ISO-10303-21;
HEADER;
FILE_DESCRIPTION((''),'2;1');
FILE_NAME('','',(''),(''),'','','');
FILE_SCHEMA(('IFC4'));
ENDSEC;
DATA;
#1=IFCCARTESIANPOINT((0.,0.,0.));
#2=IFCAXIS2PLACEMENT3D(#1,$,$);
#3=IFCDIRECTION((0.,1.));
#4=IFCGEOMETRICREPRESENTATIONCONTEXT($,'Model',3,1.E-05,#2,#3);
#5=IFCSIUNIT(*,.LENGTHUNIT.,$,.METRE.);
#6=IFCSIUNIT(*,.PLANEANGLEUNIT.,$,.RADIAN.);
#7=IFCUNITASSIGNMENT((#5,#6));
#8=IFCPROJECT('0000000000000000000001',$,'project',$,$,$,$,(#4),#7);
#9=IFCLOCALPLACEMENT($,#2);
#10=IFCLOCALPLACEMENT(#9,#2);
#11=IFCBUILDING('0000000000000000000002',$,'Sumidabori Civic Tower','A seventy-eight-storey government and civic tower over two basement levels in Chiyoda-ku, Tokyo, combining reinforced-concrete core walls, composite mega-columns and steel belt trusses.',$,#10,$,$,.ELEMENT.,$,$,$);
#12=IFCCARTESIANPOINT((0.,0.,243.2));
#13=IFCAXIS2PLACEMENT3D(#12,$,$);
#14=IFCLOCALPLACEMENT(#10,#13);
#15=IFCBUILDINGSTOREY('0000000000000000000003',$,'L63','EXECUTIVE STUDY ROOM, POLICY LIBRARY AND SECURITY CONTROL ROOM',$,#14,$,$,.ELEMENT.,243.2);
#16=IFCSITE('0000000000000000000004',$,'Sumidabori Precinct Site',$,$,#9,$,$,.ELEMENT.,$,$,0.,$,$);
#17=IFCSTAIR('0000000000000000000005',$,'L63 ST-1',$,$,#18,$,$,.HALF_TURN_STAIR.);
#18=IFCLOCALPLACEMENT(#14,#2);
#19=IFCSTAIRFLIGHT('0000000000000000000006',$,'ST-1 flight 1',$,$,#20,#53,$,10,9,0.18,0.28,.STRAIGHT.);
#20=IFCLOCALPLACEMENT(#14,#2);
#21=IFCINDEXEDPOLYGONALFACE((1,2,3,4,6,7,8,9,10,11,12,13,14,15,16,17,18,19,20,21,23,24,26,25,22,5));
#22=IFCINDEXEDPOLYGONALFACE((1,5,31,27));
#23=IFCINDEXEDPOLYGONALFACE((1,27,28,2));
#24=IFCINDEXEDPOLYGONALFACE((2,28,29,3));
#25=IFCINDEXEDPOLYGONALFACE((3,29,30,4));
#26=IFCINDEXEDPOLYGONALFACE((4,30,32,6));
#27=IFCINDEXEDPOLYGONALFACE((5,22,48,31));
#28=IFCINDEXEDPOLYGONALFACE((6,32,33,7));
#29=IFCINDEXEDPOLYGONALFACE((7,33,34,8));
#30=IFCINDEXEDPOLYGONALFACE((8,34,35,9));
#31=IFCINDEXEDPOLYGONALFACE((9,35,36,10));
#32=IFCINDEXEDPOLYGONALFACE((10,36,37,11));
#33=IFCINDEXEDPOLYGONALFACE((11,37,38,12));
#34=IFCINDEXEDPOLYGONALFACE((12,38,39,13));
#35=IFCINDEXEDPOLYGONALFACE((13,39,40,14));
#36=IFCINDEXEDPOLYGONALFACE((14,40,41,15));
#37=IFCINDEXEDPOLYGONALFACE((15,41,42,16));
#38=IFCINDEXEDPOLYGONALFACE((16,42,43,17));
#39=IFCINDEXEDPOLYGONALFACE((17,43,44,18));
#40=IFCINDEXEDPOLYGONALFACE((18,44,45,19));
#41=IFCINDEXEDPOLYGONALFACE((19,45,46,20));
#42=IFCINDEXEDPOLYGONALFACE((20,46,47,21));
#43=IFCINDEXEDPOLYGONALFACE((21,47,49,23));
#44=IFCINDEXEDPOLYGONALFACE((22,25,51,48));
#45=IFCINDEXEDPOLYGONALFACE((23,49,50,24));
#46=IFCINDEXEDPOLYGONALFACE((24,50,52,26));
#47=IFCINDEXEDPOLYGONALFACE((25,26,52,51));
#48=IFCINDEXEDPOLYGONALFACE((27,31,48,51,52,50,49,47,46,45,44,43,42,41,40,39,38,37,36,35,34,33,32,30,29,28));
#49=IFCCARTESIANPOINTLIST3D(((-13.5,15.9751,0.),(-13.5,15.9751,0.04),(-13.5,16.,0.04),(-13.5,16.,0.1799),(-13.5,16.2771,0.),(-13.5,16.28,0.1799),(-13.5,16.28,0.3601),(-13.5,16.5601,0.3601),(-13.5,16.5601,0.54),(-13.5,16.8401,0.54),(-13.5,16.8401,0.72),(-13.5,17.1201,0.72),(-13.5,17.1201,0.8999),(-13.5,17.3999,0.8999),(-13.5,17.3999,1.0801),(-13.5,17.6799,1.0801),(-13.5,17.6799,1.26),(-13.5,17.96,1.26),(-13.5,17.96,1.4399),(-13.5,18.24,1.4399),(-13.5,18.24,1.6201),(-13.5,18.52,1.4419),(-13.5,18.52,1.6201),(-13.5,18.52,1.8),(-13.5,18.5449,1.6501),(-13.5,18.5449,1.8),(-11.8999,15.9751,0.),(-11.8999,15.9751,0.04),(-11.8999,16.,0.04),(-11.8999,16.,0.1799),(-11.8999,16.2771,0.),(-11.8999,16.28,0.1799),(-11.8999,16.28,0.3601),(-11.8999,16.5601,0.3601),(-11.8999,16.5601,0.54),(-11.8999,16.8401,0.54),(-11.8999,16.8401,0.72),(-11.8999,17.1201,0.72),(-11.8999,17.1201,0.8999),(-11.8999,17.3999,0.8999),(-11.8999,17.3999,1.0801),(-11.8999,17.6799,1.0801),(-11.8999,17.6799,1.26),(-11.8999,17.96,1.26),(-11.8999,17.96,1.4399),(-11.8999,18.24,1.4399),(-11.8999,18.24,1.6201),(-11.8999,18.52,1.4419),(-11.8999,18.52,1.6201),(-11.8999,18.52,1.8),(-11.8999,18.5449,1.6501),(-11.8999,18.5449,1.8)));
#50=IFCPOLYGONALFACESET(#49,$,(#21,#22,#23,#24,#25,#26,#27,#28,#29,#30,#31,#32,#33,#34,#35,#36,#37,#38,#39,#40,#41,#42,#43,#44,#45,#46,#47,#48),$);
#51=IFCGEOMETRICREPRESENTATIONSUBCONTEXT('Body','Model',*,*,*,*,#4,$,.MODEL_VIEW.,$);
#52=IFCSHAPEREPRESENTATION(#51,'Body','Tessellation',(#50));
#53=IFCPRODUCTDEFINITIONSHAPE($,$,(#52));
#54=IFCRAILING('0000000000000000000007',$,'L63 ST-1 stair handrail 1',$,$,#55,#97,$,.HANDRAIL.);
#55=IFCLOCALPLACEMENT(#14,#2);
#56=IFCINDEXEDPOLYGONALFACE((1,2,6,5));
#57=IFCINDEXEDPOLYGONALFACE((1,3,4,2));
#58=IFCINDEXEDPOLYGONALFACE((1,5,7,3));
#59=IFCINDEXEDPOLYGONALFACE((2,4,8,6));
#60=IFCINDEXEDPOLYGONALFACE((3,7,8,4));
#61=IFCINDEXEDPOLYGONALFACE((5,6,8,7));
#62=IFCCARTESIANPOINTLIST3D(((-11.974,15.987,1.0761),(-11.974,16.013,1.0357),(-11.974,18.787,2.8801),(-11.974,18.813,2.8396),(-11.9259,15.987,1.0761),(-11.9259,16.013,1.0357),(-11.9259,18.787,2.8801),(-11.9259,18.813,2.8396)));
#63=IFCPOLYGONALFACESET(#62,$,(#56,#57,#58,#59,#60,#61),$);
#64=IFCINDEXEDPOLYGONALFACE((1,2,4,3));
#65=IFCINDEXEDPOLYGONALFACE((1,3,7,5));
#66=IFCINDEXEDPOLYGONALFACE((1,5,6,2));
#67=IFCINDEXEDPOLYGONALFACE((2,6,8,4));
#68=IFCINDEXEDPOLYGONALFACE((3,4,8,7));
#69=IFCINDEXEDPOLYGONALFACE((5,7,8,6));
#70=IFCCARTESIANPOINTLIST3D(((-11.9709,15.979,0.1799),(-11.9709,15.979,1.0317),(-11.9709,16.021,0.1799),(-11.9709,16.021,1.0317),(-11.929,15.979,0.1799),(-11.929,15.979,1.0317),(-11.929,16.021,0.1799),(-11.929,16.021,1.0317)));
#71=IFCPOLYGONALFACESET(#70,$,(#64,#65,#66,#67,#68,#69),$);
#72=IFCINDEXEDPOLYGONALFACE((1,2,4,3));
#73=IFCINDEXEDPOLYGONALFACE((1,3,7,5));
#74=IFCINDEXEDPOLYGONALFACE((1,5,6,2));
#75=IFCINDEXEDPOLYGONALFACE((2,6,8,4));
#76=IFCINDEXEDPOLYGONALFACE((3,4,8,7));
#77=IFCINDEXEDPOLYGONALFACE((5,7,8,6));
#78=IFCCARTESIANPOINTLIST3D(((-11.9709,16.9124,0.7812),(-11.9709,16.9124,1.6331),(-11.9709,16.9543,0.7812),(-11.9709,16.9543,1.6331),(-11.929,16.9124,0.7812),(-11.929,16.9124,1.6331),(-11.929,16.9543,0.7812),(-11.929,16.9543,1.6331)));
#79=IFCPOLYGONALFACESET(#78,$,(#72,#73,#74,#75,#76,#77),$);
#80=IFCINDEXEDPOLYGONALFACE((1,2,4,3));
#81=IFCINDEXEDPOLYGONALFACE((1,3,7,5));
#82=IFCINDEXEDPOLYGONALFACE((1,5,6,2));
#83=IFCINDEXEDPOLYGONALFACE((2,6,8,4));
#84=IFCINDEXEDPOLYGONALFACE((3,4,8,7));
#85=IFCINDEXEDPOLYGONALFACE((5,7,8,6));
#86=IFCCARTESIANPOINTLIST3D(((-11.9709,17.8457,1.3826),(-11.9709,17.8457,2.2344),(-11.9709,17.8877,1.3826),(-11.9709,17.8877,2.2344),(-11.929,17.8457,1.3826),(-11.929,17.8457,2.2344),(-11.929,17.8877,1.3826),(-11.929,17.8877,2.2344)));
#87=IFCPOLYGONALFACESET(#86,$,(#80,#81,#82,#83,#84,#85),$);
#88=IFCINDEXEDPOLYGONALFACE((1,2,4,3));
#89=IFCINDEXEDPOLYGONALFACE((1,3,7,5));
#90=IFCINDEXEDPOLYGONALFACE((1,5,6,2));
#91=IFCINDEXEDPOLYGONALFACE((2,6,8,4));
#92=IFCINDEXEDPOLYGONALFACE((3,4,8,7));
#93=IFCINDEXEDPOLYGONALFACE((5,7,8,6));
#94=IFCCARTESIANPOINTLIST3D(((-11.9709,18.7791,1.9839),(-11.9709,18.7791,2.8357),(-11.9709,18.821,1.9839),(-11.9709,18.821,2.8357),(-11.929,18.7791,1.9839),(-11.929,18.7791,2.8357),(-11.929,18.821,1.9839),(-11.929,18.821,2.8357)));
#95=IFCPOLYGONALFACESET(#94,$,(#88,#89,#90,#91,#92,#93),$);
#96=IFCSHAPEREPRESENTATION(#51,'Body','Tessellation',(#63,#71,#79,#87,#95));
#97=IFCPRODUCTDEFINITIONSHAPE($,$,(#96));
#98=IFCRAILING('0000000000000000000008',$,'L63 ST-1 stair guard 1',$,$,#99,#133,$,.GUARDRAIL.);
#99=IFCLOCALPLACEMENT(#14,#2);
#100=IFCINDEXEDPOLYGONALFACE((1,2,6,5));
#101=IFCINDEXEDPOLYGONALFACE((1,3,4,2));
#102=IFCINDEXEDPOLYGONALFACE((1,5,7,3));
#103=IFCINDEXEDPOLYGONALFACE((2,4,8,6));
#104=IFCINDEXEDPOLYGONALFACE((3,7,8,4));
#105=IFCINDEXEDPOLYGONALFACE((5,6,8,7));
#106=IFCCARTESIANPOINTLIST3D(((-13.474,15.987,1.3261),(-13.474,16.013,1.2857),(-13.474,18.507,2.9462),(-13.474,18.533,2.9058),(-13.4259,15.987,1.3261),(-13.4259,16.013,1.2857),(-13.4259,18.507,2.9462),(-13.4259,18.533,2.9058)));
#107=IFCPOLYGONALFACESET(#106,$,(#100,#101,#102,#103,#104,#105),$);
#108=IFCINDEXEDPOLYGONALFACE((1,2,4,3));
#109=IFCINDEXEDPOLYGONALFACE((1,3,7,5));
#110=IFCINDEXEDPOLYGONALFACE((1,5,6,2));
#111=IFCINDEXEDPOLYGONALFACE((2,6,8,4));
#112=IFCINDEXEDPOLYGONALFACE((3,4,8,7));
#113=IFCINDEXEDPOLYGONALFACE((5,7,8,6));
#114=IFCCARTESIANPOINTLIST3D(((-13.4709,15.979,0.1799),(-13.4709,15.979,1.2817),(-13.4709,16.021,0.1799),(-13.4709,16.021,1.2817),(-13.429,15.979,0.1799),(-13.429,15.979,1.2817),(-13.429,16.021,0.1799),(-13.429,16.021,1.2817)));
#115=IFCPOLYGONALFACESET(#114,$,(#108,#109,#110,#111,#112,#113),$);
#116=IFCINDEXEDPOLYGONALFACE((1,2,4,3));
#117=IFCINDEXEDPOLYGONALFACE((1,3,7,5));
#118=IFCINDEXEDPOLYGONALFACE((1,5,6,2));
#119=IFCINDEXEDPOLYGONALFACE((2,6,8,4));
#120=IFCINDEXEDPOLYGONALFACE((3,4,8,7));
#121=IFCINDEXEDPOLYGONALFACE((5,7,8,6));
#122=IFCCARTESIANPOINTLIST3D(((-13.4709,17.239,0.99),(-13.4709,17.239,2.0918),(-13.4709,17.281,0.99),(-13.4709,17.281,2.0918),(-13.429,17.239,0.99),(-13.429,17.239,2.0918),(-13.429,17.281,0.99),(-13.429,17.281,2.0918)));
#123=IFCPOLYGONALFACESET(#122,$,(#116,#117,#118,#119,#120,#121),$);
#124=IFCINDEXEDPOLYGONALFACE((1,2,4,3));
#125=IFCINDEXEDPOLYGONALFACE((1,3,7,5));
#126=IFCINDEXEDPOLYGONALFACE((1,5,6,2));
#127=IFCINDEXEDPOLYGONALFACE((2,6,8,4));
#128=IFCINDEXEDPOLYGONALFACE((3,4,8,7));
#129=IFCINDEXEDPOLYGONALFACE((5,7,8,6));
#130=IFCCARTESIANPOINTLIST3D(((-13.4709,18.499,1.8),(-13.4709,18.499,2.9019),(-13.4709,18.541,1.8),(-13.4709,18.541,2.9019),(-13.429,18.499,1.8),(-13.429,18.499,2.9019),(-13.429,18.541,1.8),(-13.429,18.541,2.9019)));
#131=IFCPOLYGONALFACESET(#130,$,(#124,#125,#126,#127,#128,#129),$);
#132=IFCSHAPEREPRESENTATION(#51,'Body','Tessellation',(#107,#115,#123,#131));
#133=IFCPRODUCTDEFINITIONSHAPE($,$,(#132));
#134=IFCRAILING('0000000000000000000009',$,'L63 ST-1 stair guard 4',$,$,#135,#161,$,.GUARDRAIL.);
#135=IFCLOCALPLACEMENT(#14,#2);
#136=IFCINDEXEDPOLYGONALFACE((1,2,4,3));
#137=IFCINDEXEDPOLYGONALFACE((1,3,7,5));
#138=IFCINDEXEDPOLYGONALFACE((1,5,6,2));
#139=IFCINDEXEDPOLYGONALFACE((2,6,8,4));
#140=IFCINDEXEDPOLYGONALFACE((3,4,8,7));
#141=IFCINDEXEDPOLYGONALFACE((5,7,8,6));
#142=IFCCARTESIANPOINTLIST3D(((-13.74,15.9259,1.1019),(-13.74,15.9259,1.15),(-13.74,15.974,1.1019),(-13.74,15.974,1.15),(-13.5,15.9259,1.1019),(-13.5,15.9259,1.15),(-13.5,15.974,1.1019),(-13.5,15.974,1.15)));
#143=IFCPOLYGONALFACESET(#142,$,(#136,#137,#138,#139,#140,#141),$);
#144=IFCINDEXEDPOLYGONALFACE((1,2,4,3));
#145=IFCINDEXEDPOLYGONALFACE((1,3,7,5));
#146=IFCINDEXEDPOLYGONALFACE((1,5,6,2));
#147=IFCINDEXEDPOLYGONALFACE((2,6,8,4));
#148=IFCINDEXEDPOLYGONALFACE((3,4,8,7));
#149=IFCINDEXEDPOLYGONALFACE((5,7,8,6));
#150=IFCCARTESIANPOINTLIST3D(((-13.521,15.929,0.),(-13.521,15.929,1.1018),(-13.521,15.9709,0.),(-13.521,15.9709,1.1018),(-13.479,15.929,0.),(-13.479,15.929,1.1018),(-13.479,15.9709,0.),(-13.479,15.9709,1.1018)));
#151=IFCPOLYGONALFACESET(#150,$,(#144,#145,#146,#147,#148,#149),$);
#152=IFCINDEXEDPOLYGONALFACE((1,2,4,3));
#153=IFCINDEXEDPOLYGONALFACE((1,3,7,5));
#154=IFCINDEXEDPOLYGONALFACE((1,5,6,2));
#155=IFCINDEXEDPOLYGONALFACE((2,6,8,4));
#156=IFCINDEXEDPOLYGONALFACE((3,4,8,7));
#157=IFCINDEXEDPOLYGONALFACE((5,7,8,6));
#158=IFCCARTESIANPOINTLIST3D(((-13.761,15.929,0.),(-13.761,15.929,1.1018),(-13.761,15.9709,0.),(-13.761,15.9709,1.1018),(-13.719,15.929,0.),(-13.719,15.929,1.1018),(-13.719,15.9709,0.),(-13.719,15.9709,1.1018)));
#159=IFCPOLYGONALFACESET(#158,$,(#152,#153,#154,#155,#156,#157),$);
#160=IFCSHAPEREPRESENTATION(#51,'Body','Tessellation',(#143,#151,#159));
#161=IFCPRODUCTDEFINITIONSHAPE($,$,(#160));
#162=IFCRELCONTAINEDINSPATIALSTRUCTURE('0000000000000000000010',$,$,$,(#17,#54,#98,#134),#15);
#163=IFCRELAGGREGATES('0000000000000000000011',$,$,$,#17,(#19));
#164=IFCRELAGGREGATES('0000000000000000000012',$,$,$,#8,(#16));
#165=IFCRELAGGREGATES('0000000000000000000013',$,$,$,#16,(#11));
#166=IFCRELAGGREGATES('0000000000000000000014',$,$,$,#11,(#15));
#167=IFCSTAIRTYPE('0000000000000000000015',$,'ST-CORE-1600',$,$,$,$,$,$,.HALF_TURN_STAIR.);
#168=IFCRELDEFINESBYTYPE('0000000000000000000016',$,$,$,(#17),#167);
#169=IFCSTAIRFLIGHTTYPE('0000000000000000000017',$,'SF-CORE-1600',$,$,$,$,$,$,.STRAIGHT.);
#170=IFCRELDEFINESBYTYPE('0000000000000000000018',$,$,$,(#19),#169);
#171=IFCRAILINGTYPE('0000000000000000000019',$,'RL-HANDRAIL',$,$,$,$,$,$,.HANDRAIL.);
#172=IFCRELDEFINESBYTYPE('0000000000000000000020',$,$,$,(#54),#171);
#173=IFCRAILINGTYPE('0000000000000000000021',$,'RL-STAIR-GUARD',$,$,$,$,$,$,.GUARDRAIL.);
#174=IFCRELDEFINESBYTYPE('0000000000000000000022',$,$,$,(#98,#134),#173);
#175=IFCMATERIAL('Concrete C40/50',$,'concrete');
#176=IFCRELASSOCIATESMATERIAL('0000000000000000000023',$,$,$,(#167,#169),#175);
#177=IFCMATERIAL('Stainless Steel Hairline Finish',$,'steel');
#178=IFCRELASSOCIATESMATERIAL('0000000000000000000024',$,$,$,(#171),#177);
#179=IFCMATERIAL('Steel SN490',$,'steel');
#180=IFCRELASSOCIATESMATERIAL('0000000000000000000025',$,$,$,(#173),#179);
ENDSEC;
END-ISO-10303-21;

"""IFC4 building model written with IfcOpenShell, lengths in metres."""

from ifc_helpers import new_model, si_unit, direction, frame, origin, origin_2d, place, context, subcontext, project, spatial, polyline, rectangle, outline, extrude, source, transform, mapped, material, type_object, element, aggregate, save


model = new_model("IFC4")

# Units and contexts
model_context = context("Model", 3, precision=1e-05, world=origin(), true_north=direction((0.0, 1.0)))
body_context = subcontext(model_context, "Body", "Model", "MODEL_VIEW")
ifc_project = project(units=[si_unit("LENGTHUNIT", "METRE"), si_unit("PLANEANGLEUNIT", "RADIAN")], contexts=[model_context])

# Site, building, storey
site_placement = place(None, origin())
site = spatial("IfcSite", under=ifc_project, at=site_placement, Name="Sumidabori Precinct Site", CompositionType="ELEMENT", RefElevation=0.0)
building_placement = place(site_placement, origin())
building = spatial("IfcBuilding", under=site, at=building_placement, Name="Sumidabori Civic Tower", Description="A seventy-eight-storey government and civic tower over two basement levels in Chiyoda-ku, Tokyo, combining reinforced-concrete core walls, composite mega-columns and steel belt trusses.", CompositionType="ELEMENT")
storey_placement = place(building_placement, frame((0.0, 0.0, 243.2)))
storey = spatial("IfcBuildingStorey", under=building, at=storey_placement, Name="L63", Description="EXECUTIVE STUDY ROOM, POLICY LIBRARY AND SECURITY CONTROL ROOM", CompositionType="ELEMENT", Elevation=243.2)

# Shared definitions
ifc_material_1 = material(Name="Stainless Steel Hairline Finish", Category="steel")

# Shared definitions
ifc_material_2 = material(Name="Steel SN490", Category="steel")

# Stair, stair flight
ifc_material_3 = material(Name="Concrete C40/50", Category="concrete")
stair_type = type_object("IfcStairType", Name="ST-CORE-1600", PredefinedType="HALF_TURN_STAIR", material=ifc_material_3)
stair_placement = place(storey_placement, origin())
stair = element("IfcStair", 1, at=stair_placement, inside=storey, type_object=stair_type, Name="L63 ST-1", PredefinedType="HALF_TURN_STAIR")
stair_flight_type = type_object("IfcStairFlightType", Name="SF-CORE-1600", PredefinedType="STRAIGHT", material=ifc_material_3)
shared_shape_1 = source(origin(), body_context, "Body", "SweptSolid", [
    extrude(outline(polyline([(-0.0249, 0.0), (-0.0249, 0.04), (0.0, 0.04), (0.0, 0.1799), (0.28, 0.1799), (0.28, 0.3601), (0.5601, 0.3601), (0.5601, 0.54), (0.8401, 0.54), (0.8401, 0.72), (1.1201, 0.72), (1.1201, 0.8999), (1.3999, 0.8999), (1.3999, 1.0801), (1.6799, 1.0801), (1.6799, 1.26), (1.96, 1.26), (1.96, 1.4399), (2.24, 1.4399), (2.24, 1.6201), (2.52, 1.6201), (2.52, 1.8), (2.5449, 1.8), (2.5449, 1.6501), (2.52, 1.4419), (0.2771, 0.0), (-0.0249, 0.0)])), frame((0.0, 0.8, 0.0), z_axis=(0.0, -1.0, 0.0), x_axis=(1.0, 0.0, 0.0)), (0.0, 0.0, 1.0), 1.6001),
])
stair_flight_placement = place(storey_placement, frame((-12.7, 16.0, 0.0), z_axis=(0.0, 0.0, 1.0), x_axis=(0.0, 1.0, 0.0)))
stair_flight = element("IfcStairFlight", 2, at=stair_flight_placement, type_object=stair_flight_type, Name="ST-1 flight 1", NumberOfRisers=10, NumberOfTreads=9, PredefinedType="STRAIGHT", RiserHeight=0.18, TreadLength=0.28, context=body_context, shape_type="MappedRepresentation", body=[
    mapped(shared_shape_1, transform((0.0, 0.0, 0.0), x_axis=(1.0, 0.0, 0.0), y_axis=(0.0, 1.0, 0.0), z_axis=(0.0, 0.0, 1.0), scale=1.0)),
])
aggregate(stair, [stair_flight])

# Railings
railing_type_1 = type_object("IfcRailingType", Name="RL-HANDRAIL", PredefinedType="HANDRAIL", material=ifc_material_1)
railing_1_placement = place(storey_placement, frame((-11.95, 16.0, 0.1799)))
element("IfcRailing", 3, at=railing_1_placement, inside=storey, type_object=railing_type_1, Name="L63 ST-1 stair handrail 1", PredefinedType="HANDRAIL", context=body_context, shape_type="SweptSolid", body=[
    extrude(rectangle(XDim=0.0481, YDim=0.0481, at=origin_2d()), frame((0.0, 0.0, 0.876), z_axis=(0.0, 0.840642, 0.541591), x_axis=(-1.0, 0.0, 0.0)), (0.0, 0.0, 1.0), 3.3308),
    extrude(rectangle(XDim=0.042, YDim=0.042, at=origin_2d()), origin(), (0.0, 0.0, 1.0), 0.8518),
    extrude(rectangle(XDim=0.042, YDim=0.042, at=origin_2d()), frame((0.0, 0.9333, 0.6013)), (0.0, 0.0, 1.0), 0.8518),
    extrude(rectangle(XDim=0.042, YDim=0.042, at=origin_2d()), frame((0.0, 1.8667, 1.2026)), (0.0, 0.0, 1.0), 0.8518),
    extrude(rectangle(XDim=0.042, YDim=0.042, at=origin_2d()), frame((0.0, 2.8, 1.804)), (0.0, 0.0, 1.0), 0.8518),
])
railing_type_2 = type_object("IfcRailingType", Name="RL-STAIR-GUARD", PredefinedType="GUARDRAIL", material=ifc_material_2)
railing_2_placement = place(storey_placement, frame((-13.45, 16.0, 0.1799)))
element("IfcRailing", 4, at=railing_2_placement, inside=storey, type_object=railing_type_2, Name="L63 ST-1 stair guard 1", PredefinedType="GUARDRAIL", context=body_context, shape_type="SweptSolid", body=[
    extrude(rectangle(XDim=0.0481, YDim=0.0481, at=origin_2d()), frame((0.0, 0.0, 1.126), z_axis=(0.0, 0.841163, 0.540782), x_axis=(-1.0, 0.0, 0.0)), (0.0, 0.0, 1.0), 2.9958),
    extrude(rectangle(XDim=0.042, YDim=0.042, at=origin_2d()), origin(), (0.0, 0.0, 1.0), 1.1018),
    extrude(rectangle(XDim=0.042, YDim=0.042, at=origin_2d()), frame((0.0, 1.26, 0.8101)), (0.0, 0.0, 1.0), 1.1018),
    extrude(rectangle(XDim=0.042, YDim=0.042, at=origin_2d()), frame((0.0, 2.52, 1.6201)), (0.0, 0.0, 1.0), 1.1018),
])
railing_3_placement = place(storey_placement, frame((-13.5, 15.95, 0.0)))
element("IfcRailing", 5, at=railing_3_placement, inside=storey, type_object=railing_type_2, Name="L63 ST-1 stair guard 4", PredefinedType="GUARDRAIL", context=body_context, shape_type="SweptSolid", body=[
    extrude(rectangle(XDim=0.0481, YDim=0.0481, at=origin_2d()), frame((0.0, 0.0, 1.126), z_axis=(-1.0, 0.0, 0.0), x_axis=(0.0, -1.0, 0.0)), (0.0, 0.0, 1.0), 0.24),
    extrude(rectangle(XDim=0.042, YDim=0.042, at=origin_2d()), origin(), (0.0, 0.0, 1.0), 1.1018),
    extrude(rectangle(XDim=0.042, YDim=0.042, at=origin_2d()), frame((-0.24, 0.0, 0.0)), (0.0, 0.0, 1.0), 1.1018),
])

save(model, "model.ifc")
